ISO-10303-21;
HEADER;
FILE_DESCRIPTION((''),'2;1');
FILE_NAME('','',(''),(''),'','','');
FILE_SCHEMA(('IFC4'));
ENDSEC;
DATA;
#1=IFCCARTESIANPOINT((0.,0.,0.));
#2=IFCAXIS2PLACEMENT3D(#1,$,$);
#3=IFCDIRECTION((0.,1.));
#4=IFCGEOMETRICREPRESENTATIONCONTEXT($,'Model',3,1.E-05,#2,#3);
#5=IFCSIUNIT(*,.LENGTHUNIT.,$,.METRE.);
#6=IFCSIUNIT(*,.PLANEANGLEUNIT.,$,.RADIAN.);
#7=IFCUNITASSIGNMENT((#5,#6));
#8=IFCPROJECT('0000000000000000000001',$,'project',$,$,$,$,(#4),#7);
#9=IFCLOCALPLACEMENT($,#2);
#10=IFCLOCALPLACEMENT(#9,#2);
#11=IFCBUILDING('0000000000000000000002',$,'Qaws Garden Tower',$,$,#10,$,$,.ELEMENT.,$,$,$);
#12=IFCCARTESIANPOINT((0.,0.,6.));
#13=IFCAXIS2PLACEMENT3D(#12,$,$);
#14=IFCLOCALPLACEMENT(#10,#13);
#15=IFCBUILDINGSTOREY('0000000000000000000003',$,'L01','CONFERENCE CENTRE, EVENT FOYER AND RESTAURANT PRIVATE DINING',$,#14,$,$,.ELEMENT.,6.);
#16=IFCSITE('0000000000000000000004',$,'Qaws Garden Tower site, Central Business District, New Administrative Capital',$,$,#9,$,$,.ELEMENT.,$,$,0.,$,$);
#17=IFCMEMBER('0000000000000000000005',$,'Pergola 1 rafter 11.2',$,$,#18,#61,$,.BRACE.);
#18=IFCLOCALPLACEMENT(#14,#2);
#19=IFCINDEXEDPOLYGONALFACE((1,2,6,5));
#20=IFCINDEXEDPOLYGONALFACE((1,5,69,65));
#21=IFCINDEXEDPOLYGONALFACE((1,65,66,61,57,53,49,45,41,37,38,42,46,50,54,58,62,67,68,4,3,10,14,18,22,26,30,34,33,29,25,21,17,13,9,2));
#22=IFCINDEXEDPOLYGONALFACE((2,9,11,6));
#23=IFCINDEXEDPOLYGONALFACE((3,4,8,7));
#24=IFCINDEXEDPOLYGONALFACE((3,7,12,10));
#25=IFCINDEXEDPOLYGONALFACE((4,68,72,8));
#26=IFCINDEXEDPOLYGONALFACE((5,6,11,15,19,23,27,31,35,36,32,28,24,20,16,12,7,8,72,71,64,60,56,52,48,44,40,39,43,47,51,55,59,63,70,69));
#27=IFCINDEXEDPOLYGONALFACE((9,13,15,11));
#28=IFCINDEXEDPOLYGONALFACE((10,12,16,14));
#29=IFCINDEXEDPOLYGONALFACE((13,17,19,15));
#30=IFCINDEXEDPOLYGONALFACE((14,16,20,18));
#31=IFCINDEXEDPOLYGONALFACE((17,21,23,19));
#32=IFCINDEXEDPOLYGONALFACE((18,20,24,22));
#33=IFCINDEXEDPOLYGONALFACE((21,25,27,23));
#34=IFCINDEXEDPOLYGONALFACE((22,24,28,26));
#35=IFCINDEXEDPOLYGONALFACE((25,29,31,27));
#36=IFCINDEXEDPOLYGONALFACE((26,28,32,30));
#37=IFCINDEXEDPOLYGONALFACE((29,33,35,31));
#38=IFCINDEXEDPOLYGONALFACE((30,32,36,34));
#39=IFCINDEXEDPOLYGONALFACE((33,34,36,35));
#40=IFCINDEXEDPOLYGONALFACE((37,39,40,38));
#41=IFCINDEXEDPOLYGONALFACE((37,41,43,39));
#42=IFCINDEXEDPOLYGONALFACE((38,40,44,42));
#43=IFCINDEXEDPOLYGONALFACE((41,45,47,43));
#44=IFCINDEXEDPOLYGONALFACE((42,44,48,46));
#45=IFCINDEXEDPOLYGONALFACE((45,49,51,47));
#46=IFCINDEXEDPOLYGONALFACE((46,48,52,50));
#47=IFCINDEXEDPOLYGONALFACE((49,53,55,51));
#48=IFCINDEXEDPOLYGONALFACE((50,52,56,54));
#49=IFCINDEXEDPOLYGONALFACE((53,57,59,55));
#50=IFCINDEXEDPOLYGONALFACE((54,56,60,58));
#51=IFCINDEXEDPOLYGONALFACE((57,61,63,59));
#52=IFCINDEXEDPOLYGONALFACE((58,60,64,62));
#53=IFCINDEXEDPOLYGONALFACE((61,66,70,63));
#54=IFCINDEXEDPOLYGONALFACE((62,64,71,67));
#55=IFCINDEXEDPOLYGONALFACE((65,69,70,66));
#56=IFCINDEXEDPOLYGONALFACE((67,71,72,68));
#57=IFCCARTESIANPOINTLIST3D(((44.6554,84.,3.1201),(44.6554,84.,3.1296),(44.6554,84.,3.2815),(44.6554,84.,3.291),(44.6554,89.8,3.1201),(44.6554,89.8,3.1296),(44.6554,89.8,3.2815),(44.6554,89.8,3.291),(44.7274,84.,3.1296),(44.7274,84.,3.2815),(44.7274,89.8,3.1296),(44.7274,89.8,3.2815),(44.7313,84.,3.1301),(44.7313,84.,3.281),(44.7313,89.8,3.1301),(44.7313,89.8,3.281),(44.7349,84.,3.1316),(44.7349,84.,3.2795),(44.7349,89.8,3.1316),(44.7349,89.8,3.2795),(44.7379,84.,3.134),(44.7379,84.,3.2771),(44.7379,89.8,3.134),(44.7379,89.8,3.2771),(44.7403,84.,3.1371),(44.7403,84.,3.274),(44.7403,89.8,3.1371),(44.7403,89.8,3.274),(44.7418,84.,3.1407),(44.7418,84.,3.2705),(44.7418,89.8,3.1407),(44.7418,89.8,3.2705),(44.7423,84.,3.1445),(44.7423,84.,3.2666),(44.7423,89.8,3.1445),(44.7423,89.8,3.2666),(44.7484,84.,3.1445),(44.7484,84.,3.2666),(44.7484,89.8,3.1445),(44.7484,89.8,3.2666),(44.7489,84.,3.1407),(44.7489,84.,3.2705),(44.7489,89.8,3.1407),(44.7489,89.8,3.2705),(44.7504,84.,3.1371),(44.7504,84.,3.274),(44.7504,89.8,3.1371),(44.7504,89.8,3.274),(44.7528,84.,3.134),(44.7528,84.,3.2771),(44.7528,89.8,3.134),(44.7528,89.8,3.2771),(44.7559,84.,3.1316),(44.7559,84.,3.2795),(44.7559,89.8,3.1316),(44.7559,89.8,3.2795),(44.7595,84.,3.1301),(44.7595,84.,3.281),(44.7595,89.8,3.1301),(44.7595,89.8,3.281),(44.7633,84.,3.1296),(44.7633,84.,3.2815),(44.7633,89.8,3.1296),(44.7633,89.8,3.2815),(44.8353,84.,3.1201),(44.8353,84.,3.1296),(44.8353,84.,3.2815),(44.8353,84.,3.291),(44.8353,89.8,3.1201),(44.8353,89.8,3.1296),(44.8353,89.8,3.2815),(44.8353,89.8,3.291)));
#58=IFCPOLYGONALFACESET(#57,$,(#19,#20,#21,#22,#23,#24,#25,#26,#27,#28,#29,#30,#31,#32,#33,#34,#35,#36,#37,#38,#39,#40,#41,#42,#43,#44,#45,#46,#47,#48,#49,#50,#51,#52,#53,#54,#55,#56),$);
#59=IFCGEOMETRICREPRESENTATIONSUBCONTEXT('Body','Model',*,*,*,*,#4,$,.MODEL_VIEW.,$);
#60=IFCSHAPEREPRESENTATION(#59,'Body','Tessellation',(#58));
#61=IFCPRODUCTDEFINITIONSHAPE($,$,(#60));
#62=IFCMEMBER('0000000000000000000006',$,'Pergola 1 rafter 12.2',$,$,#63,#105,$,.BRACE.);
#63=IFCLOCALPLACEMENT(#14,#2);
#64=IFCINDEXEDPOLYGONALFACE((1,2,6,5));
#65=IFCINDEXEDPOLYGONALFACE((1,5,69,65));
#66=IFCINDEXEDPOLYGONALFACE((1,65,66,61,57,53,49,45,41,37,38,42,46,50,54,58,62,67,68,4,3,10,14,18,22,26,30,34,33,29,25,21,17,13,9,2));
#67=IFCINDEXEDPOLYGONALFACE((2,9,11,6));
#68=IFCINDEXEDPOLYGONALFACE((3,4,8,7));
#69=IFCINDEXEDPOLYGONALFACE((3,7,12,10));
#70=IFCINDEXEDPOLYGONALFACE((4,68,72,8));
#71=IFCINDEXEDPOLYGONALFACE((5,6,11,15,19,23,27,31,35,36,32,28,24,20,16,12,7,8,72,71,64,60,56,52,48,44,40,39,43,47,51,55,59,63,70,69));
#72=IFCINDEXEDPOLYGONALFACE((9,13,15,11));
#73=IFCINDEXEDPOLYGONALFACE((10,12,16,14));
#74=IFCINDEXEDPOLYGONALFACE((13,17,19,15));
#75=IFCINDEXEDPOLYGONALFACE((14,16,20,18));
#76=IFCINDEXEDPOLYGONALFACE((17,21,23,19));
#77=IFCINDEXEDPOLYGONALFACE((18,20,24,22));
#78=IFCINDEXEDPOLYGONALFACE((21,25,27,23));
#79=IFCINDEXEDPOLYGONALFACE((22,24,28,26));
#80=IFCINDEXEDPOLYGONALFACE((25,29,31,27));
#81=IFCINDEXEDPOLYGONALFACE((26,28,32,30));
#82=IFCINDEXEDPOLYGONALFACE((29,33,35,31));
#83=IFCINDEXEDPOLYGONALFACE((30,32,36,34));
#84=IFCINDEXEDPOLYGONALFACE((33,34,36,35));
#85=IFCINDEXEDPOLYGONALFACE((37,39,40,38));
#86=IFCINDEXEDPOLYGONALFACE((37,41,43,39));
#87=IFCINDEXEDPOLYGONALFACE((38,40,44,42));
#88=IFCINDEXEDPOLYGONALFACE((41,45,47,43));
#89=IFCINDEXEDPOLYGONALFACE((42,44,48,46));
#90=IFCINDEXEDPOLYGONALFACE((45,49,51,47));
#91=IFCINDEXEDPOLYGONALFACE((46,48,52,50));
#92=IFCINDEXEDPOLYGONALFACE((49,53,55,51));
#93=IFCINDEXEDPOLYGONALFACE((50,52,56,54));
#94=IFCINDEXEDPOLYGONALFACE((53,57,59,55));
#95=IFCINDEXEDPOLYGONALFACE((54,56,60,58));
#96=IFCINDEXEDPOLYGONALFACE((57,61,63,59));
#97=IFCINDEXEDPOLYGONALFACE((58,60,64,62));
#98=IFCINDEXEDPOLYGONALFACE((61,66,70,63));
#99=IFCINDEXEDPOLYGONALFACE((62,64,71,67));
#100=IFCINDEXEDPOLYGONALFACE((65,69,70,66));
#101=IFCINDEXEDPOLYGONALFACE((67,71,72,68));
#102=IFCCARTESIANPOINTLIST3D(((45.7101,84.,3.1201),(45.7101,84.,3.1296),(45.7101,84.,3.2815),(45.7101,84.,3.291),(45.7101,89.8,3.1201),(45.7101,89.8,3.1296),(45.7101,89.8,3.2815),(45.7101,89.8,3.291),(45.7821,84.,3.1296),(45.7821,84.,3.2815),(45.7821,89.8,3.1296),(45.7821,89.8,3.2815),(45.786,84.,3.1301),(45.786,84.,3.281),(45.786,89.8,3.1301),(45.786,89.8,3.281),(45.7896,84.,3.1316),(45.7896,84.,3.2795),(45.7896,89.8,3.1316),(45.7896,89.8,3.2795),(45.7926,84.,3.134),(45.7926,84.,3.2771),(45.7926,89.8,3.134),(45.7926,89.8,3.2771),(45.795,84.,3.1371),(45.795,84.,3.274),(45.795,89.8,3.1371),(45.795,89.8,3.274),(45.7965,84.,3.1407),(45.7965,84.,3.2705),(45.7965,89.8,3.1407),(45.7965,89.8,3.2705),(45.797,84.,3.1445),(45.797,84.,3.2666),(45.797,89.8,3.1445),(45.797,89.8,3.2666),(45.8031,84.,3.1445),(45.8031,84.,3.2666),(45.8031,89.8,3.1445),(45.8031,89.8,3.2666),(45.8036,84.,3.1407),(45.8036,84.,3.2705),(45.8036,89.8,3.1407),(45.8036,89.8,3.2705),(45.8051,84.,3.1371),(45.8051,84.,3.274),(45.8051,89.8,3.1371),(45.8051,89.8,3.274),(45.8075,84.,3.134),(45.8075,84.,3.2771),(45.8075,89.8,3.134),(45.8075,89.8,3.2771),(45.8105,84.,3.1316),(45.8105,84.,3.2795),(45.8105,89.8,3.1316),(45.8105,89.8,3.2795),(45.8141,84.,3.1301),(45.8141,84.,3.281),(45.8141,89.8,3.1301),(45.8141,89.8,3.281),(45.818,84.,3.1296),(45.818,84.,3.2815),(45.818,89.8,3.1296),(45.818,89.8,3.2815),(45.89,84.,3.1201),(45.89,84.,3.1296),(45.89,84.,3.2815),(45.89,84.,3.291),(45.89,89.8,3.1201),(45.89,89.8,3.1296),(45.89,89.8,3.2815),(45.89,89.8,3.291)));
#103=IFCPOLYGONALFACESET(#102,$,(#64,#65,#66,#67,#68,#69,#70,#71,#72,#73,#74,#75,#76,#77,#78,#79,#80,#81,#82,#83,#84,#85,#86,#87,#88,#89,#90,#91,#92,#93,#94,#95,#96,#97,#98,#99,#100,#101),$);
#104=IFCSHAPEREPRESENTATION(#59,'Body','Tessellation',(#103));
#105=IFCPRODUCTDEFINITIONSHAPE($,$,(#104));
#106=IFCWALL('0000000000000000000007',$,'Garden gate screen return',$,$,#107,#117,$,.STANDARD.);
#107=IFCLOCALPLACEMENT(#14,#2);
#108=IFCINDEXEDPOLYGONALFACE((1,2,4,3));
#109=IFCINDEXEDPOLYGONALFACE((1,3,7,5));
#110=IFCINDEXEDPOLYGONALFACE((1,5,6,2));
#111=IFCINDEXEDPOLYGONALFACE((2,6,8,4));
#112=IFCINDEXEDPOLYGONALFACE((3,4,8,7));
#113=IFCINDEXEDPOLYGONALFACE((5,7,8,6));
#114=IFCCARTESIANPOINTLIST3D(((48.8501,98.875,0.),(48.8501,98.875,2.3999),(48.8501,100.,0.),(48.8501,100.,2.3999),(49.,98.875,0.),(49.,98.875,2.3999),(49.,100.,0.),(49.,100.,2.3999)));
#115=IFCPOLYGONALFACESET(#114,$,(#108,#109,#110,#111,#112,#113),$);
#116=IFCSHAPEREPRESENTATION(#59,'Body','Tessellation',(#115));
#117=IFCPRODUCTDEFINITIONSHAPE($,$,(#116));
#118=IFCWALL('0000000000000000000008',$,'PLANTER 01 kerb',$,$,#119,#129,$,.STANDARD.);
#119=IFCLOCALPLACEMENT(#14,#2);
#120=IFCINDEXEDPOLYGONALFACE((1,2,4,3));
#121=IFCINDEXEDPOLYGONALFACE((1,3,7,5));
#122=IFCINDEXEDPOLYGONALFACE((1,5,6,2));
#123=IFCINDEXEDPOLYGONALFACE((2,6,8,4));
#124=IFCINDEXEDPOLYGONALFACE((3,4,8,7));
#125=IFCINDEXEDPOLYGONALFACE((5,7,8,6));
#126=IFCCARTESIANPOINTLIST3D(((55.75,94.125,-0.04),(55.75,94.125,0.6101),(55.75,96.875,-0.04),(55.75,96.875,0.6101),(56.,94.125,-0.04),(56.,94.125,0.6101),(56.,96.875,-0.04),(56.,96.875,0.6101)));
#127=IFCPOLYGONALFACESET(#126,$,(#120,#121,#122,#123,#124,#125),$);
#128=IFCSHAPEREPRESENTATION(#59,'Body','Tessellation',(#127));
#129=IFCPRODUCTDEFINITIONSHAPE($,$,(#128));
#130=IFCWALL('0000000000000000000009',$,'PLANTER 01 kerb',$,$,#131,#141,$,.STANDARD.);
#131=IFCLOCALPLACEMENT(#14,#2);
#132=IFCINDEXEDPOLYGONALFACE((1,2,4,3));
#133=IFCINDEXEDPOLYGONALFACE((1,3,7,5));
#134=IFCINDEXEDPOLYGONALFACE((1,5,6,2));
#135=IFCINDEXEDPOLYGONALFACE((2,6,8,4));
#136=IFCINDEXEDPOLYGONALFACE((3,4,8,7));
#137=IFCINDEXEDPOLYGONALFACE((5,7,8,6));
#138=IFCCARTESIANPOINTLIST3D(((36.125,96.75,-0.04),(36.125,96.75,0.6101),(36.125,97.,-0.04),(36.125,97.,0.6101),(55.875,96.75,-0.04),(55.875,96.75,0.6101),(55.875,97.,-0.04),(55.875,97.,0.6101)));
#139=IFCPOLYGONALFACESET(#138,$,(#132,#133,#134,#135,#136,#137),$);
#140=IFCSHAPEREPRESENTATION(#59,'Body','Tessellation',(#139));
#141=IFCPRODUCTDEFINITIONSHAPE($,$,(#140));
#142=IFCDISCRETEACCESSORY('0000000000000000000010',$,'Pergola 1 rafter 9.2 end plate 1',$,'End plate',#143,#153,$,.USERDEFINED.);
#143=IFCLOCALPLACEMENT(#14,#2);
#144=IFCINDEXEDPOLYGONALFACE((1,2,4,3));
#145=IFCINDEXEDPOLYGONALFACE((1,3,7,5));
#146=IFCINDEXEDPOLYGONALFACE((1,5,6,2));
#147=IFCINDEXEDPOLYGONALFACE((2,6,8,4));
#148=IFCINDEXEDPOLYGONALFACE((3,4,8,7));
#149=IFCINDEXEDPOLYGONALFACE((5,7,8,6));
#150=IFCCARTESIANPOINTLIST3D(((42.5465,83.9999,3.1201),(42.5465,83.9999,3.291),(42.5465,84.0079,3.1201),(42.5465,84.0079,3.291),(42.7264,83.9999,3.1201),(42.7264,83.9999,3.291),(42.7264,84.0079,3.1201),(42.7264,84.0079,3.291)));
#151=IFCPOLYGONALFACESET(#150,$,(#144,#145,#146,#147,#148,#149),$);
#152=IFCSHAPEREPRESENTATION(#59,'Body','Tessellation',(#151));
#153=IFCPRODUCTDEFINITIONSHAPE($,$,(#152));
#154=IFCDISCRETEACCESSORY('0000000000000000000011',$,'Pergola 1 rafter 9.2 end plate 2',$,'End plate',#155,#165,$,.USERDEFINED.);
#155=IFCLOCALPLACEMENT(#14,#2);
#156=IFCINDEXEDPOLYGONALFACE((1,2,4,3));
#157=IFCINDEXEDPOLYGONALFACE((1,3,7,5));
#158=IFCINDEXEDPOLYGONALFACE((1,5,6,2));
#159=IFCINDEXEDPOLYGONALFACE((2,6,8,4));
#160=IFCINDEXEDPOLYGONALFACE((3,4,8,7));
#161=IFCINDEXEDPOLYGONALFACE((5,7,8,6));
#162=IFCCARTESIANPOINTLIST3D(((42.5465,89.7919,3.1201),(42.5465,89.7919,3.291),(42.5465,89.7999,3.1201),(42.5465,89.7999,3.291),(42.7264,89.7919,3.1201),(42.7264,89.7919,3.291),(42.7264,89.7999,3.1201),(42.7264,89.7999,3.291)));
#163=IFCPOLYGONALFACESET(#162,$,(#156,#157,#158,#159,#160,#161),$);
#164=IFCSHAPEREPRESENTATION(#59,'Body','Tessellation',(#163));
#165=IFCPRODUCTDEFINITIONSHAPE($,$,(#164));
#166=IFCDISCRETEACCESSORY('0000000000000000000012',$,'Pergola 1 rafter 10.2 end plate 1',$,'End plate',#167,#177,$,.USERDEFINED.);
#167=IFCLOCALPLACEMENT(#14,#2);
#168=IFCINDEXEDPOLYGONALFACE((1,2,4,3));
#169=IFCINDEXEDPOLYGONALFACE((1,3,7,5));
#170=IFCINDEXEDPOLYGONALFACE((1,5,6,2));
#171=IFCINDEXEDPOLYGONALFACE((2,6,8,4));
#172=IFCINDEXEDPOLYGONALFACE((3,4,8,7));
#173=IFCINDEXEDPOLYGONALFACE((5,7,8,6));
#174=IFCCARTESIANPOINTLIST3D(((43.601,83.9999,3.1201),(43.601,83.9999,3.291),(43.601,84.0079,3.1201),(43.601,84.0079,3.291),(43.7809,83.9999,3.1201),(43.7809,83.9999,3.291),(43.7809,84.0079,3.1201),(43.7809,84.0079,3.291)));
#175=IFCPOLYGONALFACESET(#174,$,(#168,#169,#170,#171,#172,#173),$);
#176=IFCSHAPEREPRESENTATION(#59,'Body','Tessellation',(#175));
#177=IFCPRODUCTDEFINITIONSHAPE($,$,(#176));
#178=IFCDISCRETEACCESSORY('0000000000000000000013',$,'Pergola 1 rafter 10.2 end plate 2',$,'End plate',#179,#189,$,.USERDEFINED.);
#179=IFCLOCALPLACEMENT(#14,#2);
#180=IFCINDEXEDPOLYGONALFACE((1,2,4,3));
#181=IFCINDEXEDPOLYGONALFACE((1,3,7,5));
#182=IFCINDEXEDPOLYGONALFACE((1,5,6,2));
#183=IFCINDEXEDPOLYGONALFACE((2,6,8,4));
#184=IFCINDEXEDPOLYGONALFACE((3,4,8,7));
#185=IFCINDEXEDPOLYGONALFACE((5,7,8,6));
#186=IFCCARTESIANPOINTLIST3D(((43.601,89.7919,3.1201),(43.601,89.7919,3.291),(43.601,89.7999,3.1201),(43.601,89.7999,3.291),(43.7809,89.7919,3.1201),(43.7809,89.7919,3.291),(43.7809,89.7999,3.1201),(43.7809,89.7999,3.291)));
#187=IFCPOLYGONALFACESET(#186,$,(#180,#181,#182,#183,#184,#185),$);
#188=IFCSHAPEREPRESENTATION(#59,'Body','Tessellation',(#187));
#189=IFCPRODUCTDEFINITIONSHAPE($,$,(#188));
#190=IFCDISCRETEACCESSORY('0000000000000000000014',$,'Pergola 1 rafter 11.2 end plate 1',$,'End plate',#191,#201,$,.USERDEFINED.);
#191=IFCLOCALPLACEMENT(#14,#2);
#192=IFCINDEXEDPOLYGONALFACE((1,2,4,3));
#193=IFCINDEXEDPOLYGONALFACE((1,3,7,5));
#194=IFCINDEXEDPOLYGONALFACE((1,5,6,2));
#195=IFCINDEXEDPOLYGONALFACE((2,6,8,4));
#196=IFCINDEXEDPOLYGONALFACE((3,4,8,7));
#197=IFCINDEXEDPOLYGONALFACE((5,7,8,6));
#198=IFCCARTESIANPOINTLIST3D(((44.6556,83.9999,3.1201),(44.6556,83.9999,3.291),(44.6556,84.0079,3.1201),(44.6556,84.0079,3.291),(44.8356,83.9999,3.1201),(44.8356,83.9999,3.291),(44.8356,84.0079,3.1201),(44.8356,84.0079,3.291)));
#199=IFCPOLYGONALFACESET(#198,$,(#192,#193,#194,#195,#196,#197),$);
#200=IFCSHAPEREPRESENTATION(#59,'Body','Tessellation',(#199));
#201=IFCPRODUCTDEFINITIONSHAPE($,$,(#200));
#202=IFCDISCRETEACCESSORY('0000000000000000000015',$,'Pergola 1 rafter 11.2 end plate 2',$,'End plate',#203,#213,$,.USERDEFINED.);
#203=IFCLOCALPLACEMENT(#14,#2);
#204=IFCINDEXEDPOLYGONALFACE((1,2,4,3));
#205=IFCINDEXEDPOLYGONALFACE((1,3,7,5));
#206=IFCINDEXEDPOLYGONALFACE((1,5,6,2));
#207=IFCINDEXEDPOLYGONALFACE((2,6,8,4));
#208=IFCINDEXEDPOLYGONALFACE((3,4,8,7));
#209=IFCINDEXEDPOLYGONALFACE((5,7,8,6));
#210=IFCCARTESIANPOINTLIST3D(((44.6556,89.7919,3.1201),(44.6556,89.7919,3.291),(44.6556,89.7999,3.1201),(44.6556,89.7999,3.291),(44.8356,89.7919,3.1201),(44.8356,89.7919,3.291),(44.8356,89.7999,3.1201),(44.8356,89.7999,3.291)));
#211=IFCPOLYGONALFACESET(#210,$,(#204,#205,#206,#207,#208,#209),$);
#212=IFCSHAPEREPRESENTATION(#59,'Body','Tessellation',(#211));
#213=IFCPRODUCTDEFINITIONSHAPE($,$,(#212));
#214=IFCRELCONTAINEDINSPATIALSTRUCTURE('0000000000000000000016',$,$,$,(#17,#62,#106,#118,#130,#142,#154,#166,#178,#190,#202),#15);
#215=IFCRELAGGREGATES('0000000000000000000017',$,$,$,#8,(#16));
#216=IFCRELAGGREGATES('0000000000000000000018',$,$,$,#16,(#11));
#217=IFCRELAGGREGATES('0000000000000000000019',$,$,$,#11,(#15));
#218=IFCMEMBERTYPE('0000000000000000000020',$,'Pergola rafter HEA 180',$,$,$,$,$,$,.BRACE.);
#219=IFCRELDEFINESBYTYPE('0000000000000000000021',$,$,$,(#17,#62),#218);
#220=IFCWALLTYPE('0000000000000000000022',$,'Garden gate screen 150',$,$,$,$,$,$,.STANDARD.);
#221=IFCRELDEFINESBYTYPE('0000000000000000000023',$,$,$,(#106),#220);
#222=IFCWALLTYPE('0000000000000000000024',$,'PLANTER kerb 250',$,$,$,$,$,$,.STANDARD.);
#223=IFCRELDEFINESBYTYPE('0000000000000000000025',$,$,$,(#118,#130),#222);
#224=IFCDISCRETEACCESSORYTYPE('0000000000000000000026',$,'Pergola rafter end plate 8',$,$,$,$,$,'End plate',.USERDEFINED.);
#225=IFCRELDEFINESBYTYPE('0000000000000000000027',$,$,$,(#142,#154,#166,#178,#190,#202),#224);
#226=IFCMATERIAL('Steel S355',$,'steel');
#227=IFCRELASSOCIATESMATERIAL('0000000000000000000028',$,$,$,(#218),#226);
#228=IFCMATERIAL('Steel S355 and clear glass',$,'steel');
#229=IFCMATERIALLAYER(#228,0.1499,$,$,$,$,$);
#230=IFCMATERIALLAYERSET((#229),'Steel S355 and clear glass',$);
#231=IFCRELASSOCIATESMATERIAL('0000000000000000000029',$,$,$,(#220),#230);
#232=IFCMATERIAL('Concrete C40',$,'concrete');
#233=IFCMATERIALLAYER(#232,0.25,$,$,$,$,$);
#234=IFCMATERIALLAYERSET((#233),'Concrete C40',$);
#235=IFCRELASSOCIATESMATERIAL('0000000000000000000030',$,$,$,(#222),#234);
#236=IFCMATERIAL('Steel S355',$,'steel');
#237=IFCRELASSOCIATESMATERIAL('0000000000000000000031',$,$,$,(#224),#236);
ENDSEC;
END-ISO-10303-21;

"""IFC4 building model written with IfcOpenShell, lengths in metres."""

from ifc_helpers import new_model, si_unit, direction, frame, frame_2d, origin, origin_2d, place, context, subcontext, project, spatial, rectangle, i_section, extrude, material, layer, layer_set, material_profile, profile_set, type_object, element, save


model = new_model("IFC4")

# Units and contexts
model_context = context("Model", 3, precision=1e-05, world=origin(), true_north=direction((0.0, 1.0)))
body_context = subcontext(model_context, "Body", "Model", "MODEL_VIEW")
ifc_project = project(units=[si_unit("LENGTHUNIT", "METRE"), si_unit("PLANEANGLEUNIT", "RADIAN")], contexts=[model_context])

# Site, building, storey
site_placement = place(None, origin())
site = spatial("IfcSite", under=ifc_project, at=site_placement, Name="Qaws Garden Tower site, Central Business District, New Administrative Capital", CompositionType="ELEMENT", RefElevation=0.0)
building_placement = place(site_placement, origin())
building = spatial("IfcBuilding", under=site, at=building_placement, Name="Qaws Garden Tower", CompositionType="ELEMENT")
storey_placement = place(building_placement, frame((0.0, 0.0, 6.0)))
storey = spatial("IfcBuildingStorey", under=building, at=storey_placement, Name="L01", Description="CONFERENCE CENTRE, EVENT FOYER AND RESTAURANT PRIVATE DINING", CompositionType="ELEMENT", Elevation=6.0)

# Members
ifc_material_1 = material(Name="Steel S355", Category="steel")
ifc_material_profile_1 = material_profile(ifc_material_1, i_section(OverallWidth=0.1799, OverallDepth=0.1709, WebThickness=0.0061, FlangeThickness=0.0095, FilletRadius=0.0149, at=origin_2d()), Name="HEA 180")
ifc_profile_set_1 = profile_set([ifc_material_profile_1], Name="Steel S355")
member_type = type_object("IfcMemberType", Name="Pergola rafter HEA 180", PredefinedType="BRACE", material=ifc_profile_set_1)
for number, where, z_axis, x_axis, name in (
    (1, (44.7454, 84.0, 3.2056), (0.0, 1.0, 0.0), (-1.0, 0.0, 0.0), "Pergola 1 rafter 11.2"),
    (2, (45.8, 84.0, 3.2056), (0.0, 1.0, 0.0), (-1.0, 0.0, 0.0), "Pergola 1 rafter 12.2"),
):
    element("IfcMember", number, at=place(storey_placement, frame(where, z_axis=z_axis, x_axis=x_axis)), inside=storey, type_object=member_type, Name=name, PredefinedType="BRACE", context=body_context, shape_type="SweptSolid", body=[
        extrude(i_section(OverallWidth=0.1799, OverallDepth=0.1709, WebThickness=0.0061, FlangeThickness=0.0095, FilletRadius=0.0149, at=origin_2d()), origin(), (0.0, 0.0, 1.0), 5.8),
    ])

# Walls
ifc_material_2 = material(Name="Steel S355 and clear glass", Category="steel")
ifc_layer_1 = layer(ifc_material_2, 0.1499)
ifc_layer_set_1 = layer_set([ifc_layer_1], Name="Steel S355 and clear glass")
wall_type_1 = type_object("IfcWallType", Name="Garden gate screen 150", PredefinedType="STANDARD", material=ifc_layer_set_1)
wall_1_placement = place(storey_placement, frame((48.925, 98.875, 0.0), z_axis=(0.0, 0.0, 1.0), x_axis=(0.0, 1.0, 0.0)))
element("IfcWall", 3, at=wall_1_placement, inside=storey, type_object=wall_type_1, Name="Garden gate screen return", PredefinedType="STANDARD", context=body_context, shape_type="SweptSolid", body=[
    extrude(rectangle(XDim=1.125, YDim=0.1499, at=frame_2d((0.5625, 0.0))), origin(), (0.0, 0.0, 1.0), 2.3999),
])
ifc_material_3 = material(Name="Concrete C40", Category="concrete")
ifc_layer_2 = layer(ifc_material_3, 0.25)
ifc_layer_set_2 = layer_set([ifc_layer_2], Name="Concrete C40")
wall_type_2 = type_object("IfcWallType", Name="PLANTER kerb 250", PredefinedType="STANDARD", material=ifc_layer_set_2)
wall_2_placement = place(storey_placement, frame((55.875, 94.125, -0.04), z_axis=(0.0, 0.0, 1.0), x_axis=(0.0, 1.0, 0.0)))
element("IfcWall", 4, at=wall_2_placement, inside=storey, type_object=wall_type_2, Name="PLANTER 01 kerb", PredefinedType="STANDARD", context=body_context, shape_type="SweptSolid", body=[
    extrude(rectangle(XDim=2.75, YDim=0.25, at=frame_2d((1.375, 0.0))), origin(), (0.0, 0.0, 1.0), 0.6501),
])
wall_3_placement = place(storey_placement, frame((55.875, 96.875, -0.04), z_axis=(0.0, 0.0, 1.0), x_axis=(-1.0, 0.0, 0.0)))
element("IfcWall", 5, at=wall_3_placement, inside=storey, type_object=wall_type_2, Name="PLANTER 01 kerb", PredefinedType="STANDARD", context=body_context, shape_type="SweptSolid", body=[
    extrude(rectangle(XDim=19.75, YDim=0.25, at=frame_2d((9.875, 0.0))), origin(), (0.0, 0.0, 1.0), 0.6501),
])

# Discrete accessories
ifc_material_4 = material(Name="Steel S355", Category="steel")
discrete_accessory_type = type_object("IfcDiscreteAccessoryType", Name="Pergola rafter end plate 8", ElementType="End plate", PredefinedType="USERDEFINED", material=ifc_material_4)
for number, where, z_axis, x_axis, name in (
    (6, (42.6365, 84.0039, 3.1201), (0.0, 0.0, 1.0), (1.0, 0.0, 0.0), "Pergola 1 rafter 9.2 end plate 1"),
    (7, (42.6365, 89.7959, 3.1201), (0.0, 0.0, 1.0), (1.0, 0.0, 0.0), "Pergola 1 rafter 9.2 end plate 2"),
    (8, (43.6909, 84.0039, 3.1201), (0.0, 0.0, 1.0), (1.0, 0.0, 0.0), "Pergola 1 rafter 10.2 end plate 1"),
    (9, (43.6909, 89.7959, 3.1201), (0.0, 0.0, 1.0), (1.0, 0.0, 0.0), "Pergola 1 rafter 10.2 end plate 2"),
    (10, (44.7456, 84.0039, 3.1201), (0.0, 0.0, 1.0), (1.0, 0.0, 0.0), "Pergola 1 rafter 11.2 end plate 1"),
    (11, (44.7456, 89.7959, 3.1201), (0.0, 0.0, 1.0), (1.0, 0.0, 0.0), "Pergola 1 rafter 11.2 end plate 2"),
):
    element("IfcDiscreteAccessory", number, at=place(storey_placement, frame(where, z_axis=z_axis, x_axis=x_axis)), inside=storey, type_object=discrete_accessory_type, Name=name, ObjectType="End plate", PredefinedType="USERDEFINED", context=body_context, shape_type="SweptSolid", body=[
        extrude(rectangle(XDim=0.1799, YDim=0.0081, at=origin_2d()), origin(), (0.0, 0.0, 1.0), 0.1709),
    ])

save(model, "model.ifc")
